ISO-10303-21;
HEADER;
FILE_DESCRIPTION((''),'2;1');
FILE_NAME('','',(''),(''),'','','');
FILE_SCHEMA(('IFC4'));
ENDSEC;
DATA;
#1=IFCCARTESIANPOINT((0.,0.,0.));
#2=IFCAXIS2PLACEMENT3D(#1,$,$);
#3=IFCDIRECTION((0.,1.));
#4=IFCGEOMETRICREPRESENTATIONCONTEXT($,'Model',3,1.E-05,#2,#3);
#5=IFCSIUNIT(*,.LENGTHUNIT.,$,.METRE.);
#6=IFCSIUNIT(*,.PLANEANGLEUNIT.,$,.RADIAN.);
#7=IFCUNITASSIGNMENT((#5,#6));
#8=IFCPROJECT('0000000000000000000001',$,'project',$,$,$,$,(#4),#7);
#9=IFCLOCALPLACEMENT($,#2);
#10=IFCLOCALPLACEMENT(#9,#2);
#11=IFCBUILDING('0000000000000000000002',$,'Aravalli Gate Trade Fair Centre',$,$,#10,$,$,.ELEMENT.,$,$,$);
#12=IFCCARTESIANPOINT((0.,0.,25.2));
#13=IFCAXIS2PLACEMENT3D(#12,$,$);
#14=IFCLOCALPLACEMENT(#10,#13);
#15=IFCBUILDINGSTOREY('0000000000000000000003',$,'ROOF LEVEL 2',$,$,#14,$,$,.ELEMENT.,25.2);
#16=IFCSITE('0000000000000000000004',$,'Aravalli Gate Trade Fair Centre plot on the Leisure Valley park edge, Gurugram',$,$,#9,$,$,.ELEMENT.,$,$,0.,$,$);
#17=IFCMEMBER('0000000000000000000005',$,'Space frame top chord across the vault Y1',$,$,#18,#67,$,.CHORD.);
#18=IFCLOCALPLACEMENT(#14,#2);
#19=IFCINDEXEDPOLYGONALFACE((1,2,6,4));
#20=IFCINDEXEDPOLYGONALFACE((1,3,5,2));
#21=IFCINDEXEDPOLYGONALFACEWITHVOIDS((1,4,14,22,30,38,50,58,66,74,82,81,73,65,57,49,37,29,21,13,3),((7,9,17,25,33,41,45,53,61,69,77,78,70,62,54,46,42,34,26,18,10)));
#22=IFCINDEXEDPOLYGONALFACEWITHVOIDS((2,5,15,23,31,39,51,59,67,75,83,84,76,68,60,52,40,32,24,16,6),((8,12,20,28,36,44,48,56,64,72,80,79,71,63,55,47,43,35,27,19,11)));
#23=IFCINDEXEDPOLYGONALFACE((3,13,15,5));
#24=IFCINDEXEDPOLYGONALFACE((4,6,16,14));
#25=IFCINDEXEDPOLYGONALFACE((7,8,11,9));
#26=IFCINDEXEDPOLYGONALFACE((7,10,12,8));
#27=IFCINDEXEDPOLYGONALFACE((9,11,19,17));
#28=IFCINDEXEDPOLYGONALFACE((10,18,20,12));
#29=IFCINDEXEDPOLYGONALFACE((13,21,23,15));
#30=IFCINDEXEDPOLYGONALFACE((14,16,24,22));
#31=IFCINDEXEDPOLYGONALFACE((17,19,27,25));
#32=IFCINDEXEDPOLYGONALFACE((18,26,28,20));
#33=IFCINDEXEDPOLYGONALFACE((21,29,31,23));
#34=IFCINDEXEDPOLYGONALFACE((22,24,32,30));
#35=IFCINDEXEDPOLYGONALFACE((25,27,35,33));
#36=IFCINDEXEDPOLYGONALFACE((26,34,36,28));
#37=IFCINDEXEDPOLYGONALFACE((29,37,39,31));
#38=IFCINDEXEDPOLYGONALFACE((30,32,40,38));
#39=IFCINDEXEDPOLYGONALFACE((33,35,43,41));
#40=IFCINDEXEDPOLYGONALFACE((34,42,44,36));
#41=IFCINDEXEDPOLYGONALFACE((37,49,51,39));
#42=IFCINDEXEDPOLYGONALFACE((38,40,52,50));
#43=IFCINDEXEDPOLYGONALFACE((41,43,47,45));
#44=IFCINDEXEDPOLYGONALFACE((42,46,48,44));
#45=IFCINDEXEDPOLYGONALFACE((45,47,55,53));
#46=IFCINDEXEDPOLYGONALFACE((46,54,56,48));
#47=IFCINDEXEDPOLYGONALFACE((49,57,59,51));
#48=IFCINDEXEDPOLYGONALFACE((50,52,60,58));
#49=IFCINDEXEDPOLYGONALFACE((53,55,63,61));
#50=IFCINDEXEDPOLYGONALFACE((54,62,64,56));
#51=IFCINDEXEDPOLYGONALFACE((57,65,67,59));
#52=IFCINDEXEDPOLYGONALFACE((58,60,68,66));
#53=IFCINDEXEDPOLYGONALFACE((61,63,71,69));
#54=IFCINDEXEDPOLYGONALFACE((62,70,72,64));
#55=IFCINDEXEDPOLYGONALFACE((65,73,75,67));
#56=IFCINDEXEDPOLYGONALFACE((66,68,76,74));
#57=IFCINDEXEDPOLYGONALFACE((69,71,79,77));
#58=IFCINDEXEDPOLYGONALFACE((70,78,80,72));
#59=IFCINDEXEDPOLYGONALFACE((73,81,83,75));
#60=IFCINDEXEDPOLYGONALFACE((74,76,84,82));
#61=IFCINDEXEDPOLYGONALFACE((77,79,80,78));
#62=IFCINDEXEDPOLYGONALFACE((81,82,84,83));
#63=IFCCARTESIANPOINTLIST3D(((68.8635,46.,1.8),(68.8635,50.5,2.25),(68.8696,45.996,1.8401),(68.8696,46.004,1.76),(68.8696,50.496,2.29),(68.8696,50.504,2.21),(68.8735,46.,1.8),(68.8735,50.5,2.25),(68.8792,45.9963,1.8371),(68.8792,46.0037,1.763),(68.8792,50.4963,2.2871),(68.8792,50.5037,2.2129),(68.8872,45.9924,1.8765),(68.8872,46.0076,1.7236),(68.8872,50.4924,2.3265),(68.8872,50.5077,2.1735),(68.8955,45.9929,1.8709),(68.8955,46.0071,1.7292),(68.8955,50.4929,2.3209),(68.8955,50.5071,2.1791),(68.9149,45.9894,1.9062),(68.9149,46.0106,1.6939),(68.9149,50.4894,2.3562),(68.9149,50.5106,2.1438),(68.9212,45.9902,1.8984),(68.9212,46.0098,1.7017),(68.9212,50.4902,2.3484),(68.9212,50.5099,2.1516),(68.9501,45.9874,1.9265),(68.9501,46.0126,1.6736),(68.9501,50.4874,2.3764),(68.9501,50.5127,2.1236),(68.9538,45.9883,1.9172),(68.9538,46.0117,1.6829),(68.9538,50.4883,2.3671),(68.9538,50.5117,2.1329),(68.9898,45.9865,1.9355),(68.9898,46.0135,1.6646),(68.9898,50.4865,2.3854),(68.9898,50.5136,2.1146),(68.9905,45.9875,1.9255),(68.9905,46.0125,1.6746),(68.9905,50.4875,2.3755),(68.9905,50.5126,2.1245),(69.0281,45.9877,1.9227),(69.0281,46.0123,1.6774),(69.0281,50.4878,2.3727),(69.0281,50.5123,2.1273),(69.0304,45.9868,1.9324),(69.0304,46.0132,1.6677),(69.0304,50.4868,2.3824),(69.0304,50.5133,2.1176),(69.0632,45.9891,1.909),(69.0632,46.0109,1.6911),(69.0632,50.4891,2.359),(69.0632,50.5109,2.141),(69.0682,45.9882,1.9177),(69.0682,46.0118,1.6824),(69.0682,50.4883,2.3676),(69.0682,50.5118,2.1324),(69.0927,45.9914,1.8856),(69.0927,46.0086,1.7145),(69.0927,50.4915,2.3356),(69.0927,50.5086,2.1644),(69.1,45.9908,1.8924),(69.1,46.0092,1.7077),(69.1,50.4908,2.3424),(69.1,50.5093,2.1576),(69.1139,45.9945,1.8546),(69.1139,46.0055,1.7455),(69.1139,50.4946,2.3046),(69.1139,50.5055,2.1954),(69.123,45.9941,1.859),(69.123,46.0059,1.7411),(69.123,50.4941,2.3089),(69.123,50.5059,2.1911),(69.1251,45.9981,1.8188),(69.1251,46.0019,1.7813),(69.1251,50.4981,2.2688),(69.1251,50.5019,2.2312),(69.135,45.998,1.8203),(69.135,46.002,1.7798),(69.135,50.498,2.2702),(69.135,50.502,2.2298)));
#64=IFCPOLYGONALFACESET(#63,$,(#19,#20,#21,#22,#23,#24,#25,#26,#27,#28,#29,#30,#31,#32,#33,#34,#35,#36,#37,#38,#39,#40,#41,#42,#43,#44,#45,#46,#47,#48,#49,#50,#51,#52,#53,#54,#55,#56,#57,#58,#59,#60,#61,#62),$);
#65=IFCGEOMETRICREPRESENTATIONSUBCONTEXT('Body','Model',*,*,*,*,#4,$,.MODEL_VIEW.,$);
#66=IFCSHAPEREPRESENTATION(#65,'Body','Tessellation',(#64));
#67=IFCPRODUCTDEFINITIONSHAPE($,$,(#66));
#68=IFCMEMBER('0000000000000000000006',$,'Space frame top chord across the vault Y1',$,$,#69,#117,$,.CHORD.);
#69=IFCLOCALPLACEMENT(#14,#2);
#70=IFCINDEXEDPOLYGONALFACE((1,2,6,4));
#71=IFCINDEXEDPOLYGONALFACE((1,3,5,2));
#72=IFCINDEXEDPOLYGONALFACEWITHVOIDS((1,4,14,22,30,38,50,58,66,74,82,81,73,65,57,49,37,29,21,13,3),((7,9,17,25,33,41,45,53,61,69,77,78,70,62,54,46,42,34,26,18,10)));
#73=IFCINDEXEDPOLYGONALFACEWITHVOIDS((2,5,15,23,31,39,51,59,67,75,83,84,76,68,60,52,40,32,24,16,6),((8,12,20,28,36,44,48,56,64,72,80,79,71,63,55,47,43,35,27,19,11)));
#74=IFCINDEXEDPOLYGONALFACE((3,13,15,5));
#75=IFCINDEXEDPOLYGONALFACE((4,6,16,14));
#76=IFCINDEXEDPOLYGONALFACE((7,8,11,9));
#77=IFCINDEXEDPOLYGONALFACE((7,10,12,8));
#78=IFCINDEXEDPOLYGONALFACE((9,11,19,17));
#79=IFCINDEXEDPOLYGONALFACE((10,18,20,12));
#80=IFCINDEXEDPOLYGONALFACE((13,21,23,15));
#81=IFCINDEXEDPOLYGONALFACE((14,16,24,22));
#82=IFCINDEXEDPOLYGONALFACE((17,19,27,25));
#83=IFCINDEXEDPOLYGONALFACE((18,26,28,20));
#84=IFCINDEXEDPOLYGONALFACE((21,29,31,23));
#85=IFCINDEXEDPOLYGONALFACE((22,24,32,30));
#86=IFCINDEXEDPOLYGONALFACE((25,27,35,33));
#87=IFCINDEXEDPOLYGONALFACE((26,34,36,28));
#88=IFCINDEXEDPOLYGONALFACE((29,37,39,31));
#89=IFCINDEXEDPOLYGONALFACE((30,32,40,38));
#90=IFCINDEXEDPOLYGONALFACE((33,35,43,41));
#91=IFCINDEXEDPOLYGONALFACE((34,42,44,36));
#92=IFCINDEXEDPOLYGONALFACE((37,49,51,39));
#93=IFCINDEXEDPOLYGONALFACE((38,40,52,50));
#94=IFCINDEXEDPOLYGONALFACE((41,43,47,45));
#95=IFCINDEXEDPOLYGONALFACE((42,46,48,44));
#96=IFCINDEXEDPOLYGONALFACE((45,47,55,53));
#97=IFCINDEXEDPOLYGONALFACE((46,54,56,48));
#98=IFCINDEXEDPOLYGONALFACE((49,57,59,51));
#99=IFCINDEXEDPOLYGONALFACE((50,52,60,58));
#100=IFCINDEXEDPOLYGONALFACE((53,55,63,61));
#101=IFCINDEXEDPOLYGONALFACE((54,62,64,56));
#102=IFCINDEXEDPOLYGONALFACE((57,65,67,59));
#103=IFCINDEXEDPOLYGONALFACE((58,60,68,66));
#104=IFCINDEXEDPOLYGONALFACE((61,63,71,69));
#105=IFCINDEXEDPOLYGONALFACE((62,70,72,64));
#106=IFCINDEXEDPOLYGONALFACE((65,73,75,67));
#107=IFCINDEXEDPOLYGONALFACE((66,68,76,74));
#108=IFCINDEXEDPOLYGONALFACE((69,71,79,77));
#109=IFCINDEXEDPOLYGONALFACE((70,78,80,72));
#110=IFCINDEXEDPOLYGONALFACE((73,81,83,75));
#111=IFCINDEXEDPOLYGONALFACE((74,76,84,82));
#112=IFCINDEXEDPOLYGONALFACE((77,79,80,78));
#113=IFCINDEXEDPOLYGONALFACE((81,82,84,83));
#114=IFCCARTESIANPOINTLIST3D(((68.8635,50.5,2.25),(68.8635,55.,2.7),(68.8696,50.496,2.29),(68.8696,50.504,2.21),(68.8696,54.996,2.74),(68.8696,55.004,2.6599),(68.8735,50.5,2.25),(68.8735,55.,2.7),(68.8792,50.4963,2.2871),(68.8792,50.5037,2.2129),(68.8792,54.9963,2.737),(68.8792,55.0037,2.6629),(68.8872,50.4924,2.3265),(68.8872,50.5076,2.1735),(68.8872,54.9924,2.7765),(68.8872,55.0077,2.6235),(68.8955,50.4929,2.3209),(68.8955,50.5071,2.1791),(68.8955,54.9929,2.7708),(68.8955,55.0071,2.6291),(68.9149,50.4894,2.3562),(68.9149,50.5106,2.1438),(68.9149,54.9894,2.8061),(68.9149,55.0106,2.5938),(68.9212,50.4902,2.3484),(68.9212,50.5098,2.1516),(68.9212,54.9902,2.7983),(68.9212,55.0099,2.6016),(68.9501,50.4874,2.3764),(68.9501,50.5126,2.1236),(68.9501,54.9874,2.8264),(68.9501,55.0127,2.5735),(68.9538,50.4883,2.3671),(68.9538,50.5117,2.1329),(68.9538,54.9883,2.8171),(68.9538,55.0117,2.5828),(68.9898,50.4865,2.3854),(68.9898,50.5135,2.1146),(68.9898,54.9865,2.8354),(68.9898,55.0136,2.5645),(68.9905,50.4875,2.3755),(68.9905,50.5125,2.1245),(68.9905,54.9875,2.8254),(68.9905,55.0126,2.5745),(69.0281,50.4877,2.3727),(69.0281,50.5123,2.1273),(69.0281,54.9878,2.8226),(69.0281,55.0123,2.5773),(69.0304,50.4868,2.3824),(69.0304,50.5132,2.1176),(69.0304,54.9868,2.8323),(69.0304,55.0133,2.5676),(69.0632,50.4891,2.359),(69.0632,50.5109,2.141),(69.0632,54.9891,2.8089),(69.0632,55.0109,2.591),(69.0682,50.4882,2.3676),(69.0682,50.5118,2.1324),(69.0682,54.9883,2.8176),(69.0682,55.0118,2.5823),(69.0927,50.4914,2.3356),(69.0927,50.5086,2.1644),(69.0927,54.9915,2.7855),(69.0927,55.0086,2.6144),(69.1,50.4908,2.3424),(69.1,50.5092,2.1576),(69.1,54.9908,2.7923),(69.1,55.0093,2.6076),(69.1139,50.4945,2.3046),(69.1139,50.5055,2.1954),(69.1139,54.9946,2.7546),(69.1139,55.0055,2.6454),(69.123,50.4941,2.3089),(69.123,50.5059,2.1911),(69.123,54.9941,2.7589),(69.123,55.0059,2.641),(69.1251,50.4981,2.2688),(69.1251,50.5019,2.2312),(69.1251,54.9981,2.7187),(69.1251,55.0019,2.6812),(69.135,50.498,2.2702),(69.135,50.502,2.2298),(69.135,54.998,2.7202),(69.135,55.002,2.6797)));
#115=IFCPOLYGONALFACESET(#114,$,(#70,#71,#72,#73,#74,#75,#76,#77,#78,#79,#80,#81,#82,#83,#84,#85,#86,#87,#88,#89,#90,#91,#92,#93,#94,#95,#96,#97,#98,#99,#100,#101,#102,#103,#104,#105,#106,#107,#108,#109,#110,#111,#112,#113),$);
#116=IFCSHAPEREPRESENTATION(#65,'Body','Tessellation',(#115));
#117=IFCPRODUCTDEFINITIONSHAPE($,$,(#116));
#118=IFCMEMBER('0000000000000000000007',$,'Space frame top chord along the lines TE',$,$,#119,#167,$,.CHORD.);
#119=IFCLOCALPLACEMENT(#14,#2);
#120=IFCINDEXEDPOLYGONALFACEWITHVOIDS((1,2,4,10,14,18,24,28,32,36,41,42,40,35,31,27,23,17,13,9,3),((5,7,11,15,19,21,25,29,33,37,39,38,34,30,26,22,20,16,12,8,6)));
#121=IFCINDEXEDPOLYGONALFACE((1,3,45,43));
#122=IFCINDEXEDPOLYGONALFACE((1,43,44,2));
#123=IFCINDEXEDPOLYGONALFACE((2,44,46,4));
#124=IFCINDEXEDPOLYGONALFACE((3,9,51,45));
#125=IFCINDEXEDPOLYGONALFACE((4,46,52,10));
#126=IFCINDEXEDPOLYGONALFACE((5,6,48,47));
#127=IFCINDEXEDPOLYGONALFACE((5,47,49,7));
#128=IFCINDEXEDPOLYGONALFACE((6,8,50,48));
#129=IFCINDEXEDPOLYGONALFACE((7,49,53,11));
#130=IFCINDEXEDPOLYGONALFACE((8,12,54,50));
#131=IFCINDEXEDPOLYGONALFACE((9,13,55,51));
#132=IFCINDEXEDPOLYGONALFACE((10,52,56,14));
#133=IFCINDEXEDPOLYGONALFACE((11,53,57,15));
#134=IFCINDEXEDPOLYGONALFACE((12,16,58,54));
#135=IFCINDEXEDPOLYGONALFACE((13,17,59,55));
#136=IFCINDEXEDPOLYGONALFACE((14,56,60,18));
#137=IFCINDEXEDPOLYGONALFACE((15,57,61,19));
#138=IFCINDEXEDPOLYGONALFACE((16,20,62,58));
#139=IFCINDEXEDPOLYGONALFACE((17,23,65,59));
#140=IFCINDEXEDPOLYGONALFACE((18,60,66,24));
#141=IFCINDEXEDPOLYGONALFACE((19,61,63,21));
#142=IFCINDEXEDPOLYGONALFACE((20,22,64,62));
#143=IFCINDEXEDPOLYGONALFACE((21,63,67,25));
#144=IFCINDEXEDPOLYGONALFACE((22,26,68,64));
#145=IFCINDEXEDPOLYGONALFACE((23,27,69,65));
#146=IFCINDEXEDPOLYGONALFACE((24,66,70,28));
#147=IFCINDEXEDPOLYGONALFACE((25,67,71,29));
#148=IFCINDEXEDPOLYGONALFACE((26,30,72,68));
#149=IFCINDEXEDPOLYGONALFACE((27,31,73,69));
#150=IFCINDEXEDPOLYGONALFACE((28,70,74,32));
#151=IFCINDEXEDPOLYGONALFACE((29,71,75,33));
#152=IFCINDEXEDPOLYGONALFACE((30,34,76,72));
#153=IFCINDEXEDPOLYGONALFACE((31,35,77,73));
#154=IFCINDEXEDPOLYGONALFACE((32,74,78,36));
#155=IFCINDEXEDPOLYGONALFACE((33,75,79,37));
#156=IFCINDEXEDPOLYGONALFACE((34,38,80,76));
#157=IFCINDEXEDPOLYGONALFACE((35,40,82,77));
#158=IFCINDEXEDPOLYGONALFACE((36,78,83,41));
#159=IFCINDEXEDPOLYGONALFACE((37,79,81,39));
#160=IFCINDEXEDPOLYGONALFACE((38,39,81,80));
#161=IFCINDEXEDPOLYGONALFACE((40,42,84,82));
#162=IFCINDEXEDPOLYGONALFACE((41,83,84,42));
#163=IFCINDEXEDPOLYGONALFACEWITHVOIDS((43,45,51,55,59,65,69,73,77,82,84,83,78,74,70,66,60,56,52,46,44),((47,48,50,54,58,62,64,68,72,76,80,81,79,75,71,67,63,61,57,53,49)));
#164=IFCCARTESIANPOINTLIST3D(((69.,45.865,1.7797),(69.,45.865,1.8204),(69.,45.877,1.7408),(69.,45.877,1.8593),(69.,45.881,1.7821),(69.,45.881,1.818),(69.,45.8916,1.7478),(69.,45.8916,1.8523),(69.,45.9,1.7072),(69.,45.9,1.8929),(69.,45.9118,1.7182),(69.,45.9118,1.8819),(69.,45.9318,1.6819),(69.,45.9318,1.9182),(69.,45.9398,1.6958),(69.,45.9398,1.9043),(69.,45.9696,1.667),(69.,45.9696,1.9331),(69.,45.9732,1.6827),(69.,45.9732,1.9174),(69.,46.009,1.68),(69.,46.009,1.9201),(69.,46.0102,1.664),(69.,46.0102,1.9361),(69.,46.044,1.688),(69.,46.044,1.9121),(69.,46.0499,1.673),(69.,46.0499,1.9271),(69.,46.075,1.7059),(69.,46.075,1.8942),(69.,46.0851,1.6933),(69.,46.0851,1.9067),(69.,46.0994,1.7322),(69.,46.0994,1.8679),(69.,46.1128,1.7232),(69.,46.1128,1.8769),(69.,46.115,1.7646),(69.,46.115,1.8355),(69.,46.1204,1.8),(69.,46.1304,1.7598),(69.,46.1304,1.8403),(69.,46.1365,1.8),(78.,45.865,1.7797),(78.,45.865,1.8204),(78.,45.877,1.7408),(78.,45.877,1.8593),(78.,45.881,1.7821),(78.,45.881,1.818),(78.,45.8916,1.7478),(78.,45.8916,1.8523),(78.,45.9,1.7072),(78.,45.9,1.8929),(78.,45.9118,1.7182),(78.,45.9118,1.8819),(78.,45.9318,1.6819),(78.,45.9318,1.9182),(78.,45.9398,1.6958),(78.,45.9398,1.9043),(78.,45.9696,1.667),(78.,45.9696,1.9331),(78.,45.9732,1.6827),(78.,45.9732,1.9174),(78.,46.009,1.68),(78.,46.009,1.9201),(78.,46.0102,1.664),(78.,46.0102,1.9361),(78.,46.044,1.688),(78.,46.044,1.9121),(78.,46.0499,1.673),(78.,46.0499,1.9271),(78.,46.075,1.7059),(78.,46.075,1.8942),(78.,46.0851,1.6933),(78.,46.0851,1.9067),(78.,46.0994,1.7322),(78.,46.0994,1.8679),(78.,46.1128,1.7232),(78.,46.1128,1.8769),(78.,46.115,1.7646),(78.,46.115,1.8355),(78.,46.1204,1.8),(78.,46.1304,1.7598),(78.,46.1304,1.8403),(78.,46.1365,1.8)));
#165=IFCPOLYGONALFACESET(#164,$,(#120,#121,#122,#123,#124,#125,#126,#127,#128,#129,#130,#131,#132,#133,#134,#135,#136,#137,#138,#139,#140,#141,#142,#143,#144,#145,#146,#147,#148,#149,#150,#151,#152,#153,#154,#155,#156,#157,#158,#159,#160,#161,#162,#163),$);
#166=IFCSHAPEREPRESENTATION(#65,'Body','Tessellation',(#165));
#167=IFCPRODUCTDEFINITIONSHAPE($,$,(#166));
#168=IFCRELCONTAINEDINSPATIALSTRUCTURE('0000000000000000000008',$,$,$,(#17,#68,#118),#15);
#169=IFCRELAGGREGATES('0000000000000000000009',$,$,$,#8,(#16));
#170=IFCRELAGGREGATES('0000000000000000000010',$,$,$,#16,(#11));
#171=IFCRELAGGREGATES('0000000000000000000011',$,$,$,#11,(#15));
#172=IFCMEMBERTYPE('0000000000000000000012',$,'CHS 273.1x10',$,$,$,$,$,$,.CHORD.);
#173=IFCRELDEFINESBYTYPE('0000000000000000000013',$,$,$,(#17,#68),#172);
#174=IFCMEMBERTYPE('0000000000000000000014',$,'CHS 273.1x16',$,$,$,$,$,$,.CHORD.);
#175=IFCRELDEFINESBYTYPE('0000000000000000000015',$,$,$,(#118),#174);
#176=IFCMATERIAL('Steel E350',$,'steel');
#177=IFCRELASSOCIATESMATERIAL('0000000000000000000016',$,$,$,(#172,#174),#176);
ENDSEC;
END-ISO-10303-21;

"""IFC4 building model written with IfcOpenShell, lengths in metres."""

from ifc_helpers import new_model, si_unit, direction, frame, origin, origin_2d, place, context, subcontext, project, spatial, hollow_circle, extrude, material, material_profile, profile_set, type_object, element, save


model = new_model("IFC4")

# Units and contexts
model_context = context("Model", 3, precision=1e-05, world=origin(), true_north=direction((0.0, 1.0)))
body_context = subcontext(model_context, "Body", "Model", "MODEL_VIEW")
ifc_project = project(units=[si_unit("LENGTHUNIT", "METRE"), si_unit("PLANEANGLEUNIT", "RADIAN")], contexts=[model_context])

# Site, building, storey
site_placement = place(None, origin())
site = spatial("IfcSite", under=ifc_project, at=site_placement, Name="Aravalli Gate Trade Fair Centre plot on the Leisure Valley park edge, Gurugram", CompositionType="ELEMENT", RefElevation=0.0)
building_placement = place(site_placement, origin())
building = spatial("IfcBuilding", under=site, at=building_placement, Name="Aravalli Gate Trade Fair Centre", CompositionType="ELEMENT")
storey_placement = place(building_placement, frame((0.0, 0.0, 25.2)))
storey = spatial("IfcBuildingStorey", under=building, at=storey_placement, Name="ROOF LEVEL 2", CompositionType="ELEMENT", Elevation=25.2)

# Members
ifc_material_1 = material(Name="Steel E350", Category="steel")
ifc_material_profile_1 = material_profile(ifc_material_1, hollow_circle(Radius=0.1365, WallThickness=0.01, at=origin_2d()), Name="CHS 273.1x10")
ifc_profile_set_1 = profile_set([ifc_material_profile_1], Name="Steel E350")
member_type_1 = type_object("IfcMemberType", Name="CHS 273.1x10", PredefinedType="CHORD", material=ifc_profile_set_1)
for number, where, z_axis, x_axis, name in (
    (1, (69.0, 46.0, 1.8), (0.0, 0.995038, 0.099493), (-1.0, 0.0, 0.0), "Space frame top chord across the vault Y1"),
    (2, (69.0, 50.5, 2.25), (0.0, 0.995038, 0.099493), (-1.0, 0.0, 0.0), "Space frame top chord across the vault Y1"),
):
    element("IfcMember", number, at=place(storey_placement, frame(where, z_axis=z_axis, x_axis=x_axis)), inside=storey, type_object=member_type_1, Name=name, PredefinedType="CHORD", context=body_context, shape_type="SweptSolid", body=[
        extrude(hollow_circle(Radius=0.1365, WallThickness=0.01, at=origin_2d()), origin(), (0.0, 0.0, 1.0), 4.5225),
    ])
ifc_material_profile_2 = material_profile(ifc_material_1, hollow_circle(Radius=0.1365, WallThickness=0.0161, at=origin_2d()), Name="CHS 273.1x16")
ifc_profile_set_2 = profile_set([ifc_material_profile_2], Name="Steel E350")
member_type_2 = type_object("IfcMemberType", Name="CHS 273.1x16", PredefinedType="CHORD", material=ifc_profile_set_2)
member_1_placement = place(storey_placement, frame((69.0, 46.0, 1.8), z_axis=(1.0, 0.0, 0.0), x_axis=(0.0, 1.0, 0.0)))
element("IfcMember", 3, at=member_1_placement, inside=storey, type_object=member_type_2, Name="Space frame top chord along the lines TE", PredefinedType="CHORD", context=body_context, shape_type="SweptSolid", body=[
    extrude(hollow_circle(Radius=0.1365, WallThickness=0.0161, at=origin_2d()), origin(), (0.0, 0.0, 1.0), 9.0),
])

save(model, "model.ifc")
